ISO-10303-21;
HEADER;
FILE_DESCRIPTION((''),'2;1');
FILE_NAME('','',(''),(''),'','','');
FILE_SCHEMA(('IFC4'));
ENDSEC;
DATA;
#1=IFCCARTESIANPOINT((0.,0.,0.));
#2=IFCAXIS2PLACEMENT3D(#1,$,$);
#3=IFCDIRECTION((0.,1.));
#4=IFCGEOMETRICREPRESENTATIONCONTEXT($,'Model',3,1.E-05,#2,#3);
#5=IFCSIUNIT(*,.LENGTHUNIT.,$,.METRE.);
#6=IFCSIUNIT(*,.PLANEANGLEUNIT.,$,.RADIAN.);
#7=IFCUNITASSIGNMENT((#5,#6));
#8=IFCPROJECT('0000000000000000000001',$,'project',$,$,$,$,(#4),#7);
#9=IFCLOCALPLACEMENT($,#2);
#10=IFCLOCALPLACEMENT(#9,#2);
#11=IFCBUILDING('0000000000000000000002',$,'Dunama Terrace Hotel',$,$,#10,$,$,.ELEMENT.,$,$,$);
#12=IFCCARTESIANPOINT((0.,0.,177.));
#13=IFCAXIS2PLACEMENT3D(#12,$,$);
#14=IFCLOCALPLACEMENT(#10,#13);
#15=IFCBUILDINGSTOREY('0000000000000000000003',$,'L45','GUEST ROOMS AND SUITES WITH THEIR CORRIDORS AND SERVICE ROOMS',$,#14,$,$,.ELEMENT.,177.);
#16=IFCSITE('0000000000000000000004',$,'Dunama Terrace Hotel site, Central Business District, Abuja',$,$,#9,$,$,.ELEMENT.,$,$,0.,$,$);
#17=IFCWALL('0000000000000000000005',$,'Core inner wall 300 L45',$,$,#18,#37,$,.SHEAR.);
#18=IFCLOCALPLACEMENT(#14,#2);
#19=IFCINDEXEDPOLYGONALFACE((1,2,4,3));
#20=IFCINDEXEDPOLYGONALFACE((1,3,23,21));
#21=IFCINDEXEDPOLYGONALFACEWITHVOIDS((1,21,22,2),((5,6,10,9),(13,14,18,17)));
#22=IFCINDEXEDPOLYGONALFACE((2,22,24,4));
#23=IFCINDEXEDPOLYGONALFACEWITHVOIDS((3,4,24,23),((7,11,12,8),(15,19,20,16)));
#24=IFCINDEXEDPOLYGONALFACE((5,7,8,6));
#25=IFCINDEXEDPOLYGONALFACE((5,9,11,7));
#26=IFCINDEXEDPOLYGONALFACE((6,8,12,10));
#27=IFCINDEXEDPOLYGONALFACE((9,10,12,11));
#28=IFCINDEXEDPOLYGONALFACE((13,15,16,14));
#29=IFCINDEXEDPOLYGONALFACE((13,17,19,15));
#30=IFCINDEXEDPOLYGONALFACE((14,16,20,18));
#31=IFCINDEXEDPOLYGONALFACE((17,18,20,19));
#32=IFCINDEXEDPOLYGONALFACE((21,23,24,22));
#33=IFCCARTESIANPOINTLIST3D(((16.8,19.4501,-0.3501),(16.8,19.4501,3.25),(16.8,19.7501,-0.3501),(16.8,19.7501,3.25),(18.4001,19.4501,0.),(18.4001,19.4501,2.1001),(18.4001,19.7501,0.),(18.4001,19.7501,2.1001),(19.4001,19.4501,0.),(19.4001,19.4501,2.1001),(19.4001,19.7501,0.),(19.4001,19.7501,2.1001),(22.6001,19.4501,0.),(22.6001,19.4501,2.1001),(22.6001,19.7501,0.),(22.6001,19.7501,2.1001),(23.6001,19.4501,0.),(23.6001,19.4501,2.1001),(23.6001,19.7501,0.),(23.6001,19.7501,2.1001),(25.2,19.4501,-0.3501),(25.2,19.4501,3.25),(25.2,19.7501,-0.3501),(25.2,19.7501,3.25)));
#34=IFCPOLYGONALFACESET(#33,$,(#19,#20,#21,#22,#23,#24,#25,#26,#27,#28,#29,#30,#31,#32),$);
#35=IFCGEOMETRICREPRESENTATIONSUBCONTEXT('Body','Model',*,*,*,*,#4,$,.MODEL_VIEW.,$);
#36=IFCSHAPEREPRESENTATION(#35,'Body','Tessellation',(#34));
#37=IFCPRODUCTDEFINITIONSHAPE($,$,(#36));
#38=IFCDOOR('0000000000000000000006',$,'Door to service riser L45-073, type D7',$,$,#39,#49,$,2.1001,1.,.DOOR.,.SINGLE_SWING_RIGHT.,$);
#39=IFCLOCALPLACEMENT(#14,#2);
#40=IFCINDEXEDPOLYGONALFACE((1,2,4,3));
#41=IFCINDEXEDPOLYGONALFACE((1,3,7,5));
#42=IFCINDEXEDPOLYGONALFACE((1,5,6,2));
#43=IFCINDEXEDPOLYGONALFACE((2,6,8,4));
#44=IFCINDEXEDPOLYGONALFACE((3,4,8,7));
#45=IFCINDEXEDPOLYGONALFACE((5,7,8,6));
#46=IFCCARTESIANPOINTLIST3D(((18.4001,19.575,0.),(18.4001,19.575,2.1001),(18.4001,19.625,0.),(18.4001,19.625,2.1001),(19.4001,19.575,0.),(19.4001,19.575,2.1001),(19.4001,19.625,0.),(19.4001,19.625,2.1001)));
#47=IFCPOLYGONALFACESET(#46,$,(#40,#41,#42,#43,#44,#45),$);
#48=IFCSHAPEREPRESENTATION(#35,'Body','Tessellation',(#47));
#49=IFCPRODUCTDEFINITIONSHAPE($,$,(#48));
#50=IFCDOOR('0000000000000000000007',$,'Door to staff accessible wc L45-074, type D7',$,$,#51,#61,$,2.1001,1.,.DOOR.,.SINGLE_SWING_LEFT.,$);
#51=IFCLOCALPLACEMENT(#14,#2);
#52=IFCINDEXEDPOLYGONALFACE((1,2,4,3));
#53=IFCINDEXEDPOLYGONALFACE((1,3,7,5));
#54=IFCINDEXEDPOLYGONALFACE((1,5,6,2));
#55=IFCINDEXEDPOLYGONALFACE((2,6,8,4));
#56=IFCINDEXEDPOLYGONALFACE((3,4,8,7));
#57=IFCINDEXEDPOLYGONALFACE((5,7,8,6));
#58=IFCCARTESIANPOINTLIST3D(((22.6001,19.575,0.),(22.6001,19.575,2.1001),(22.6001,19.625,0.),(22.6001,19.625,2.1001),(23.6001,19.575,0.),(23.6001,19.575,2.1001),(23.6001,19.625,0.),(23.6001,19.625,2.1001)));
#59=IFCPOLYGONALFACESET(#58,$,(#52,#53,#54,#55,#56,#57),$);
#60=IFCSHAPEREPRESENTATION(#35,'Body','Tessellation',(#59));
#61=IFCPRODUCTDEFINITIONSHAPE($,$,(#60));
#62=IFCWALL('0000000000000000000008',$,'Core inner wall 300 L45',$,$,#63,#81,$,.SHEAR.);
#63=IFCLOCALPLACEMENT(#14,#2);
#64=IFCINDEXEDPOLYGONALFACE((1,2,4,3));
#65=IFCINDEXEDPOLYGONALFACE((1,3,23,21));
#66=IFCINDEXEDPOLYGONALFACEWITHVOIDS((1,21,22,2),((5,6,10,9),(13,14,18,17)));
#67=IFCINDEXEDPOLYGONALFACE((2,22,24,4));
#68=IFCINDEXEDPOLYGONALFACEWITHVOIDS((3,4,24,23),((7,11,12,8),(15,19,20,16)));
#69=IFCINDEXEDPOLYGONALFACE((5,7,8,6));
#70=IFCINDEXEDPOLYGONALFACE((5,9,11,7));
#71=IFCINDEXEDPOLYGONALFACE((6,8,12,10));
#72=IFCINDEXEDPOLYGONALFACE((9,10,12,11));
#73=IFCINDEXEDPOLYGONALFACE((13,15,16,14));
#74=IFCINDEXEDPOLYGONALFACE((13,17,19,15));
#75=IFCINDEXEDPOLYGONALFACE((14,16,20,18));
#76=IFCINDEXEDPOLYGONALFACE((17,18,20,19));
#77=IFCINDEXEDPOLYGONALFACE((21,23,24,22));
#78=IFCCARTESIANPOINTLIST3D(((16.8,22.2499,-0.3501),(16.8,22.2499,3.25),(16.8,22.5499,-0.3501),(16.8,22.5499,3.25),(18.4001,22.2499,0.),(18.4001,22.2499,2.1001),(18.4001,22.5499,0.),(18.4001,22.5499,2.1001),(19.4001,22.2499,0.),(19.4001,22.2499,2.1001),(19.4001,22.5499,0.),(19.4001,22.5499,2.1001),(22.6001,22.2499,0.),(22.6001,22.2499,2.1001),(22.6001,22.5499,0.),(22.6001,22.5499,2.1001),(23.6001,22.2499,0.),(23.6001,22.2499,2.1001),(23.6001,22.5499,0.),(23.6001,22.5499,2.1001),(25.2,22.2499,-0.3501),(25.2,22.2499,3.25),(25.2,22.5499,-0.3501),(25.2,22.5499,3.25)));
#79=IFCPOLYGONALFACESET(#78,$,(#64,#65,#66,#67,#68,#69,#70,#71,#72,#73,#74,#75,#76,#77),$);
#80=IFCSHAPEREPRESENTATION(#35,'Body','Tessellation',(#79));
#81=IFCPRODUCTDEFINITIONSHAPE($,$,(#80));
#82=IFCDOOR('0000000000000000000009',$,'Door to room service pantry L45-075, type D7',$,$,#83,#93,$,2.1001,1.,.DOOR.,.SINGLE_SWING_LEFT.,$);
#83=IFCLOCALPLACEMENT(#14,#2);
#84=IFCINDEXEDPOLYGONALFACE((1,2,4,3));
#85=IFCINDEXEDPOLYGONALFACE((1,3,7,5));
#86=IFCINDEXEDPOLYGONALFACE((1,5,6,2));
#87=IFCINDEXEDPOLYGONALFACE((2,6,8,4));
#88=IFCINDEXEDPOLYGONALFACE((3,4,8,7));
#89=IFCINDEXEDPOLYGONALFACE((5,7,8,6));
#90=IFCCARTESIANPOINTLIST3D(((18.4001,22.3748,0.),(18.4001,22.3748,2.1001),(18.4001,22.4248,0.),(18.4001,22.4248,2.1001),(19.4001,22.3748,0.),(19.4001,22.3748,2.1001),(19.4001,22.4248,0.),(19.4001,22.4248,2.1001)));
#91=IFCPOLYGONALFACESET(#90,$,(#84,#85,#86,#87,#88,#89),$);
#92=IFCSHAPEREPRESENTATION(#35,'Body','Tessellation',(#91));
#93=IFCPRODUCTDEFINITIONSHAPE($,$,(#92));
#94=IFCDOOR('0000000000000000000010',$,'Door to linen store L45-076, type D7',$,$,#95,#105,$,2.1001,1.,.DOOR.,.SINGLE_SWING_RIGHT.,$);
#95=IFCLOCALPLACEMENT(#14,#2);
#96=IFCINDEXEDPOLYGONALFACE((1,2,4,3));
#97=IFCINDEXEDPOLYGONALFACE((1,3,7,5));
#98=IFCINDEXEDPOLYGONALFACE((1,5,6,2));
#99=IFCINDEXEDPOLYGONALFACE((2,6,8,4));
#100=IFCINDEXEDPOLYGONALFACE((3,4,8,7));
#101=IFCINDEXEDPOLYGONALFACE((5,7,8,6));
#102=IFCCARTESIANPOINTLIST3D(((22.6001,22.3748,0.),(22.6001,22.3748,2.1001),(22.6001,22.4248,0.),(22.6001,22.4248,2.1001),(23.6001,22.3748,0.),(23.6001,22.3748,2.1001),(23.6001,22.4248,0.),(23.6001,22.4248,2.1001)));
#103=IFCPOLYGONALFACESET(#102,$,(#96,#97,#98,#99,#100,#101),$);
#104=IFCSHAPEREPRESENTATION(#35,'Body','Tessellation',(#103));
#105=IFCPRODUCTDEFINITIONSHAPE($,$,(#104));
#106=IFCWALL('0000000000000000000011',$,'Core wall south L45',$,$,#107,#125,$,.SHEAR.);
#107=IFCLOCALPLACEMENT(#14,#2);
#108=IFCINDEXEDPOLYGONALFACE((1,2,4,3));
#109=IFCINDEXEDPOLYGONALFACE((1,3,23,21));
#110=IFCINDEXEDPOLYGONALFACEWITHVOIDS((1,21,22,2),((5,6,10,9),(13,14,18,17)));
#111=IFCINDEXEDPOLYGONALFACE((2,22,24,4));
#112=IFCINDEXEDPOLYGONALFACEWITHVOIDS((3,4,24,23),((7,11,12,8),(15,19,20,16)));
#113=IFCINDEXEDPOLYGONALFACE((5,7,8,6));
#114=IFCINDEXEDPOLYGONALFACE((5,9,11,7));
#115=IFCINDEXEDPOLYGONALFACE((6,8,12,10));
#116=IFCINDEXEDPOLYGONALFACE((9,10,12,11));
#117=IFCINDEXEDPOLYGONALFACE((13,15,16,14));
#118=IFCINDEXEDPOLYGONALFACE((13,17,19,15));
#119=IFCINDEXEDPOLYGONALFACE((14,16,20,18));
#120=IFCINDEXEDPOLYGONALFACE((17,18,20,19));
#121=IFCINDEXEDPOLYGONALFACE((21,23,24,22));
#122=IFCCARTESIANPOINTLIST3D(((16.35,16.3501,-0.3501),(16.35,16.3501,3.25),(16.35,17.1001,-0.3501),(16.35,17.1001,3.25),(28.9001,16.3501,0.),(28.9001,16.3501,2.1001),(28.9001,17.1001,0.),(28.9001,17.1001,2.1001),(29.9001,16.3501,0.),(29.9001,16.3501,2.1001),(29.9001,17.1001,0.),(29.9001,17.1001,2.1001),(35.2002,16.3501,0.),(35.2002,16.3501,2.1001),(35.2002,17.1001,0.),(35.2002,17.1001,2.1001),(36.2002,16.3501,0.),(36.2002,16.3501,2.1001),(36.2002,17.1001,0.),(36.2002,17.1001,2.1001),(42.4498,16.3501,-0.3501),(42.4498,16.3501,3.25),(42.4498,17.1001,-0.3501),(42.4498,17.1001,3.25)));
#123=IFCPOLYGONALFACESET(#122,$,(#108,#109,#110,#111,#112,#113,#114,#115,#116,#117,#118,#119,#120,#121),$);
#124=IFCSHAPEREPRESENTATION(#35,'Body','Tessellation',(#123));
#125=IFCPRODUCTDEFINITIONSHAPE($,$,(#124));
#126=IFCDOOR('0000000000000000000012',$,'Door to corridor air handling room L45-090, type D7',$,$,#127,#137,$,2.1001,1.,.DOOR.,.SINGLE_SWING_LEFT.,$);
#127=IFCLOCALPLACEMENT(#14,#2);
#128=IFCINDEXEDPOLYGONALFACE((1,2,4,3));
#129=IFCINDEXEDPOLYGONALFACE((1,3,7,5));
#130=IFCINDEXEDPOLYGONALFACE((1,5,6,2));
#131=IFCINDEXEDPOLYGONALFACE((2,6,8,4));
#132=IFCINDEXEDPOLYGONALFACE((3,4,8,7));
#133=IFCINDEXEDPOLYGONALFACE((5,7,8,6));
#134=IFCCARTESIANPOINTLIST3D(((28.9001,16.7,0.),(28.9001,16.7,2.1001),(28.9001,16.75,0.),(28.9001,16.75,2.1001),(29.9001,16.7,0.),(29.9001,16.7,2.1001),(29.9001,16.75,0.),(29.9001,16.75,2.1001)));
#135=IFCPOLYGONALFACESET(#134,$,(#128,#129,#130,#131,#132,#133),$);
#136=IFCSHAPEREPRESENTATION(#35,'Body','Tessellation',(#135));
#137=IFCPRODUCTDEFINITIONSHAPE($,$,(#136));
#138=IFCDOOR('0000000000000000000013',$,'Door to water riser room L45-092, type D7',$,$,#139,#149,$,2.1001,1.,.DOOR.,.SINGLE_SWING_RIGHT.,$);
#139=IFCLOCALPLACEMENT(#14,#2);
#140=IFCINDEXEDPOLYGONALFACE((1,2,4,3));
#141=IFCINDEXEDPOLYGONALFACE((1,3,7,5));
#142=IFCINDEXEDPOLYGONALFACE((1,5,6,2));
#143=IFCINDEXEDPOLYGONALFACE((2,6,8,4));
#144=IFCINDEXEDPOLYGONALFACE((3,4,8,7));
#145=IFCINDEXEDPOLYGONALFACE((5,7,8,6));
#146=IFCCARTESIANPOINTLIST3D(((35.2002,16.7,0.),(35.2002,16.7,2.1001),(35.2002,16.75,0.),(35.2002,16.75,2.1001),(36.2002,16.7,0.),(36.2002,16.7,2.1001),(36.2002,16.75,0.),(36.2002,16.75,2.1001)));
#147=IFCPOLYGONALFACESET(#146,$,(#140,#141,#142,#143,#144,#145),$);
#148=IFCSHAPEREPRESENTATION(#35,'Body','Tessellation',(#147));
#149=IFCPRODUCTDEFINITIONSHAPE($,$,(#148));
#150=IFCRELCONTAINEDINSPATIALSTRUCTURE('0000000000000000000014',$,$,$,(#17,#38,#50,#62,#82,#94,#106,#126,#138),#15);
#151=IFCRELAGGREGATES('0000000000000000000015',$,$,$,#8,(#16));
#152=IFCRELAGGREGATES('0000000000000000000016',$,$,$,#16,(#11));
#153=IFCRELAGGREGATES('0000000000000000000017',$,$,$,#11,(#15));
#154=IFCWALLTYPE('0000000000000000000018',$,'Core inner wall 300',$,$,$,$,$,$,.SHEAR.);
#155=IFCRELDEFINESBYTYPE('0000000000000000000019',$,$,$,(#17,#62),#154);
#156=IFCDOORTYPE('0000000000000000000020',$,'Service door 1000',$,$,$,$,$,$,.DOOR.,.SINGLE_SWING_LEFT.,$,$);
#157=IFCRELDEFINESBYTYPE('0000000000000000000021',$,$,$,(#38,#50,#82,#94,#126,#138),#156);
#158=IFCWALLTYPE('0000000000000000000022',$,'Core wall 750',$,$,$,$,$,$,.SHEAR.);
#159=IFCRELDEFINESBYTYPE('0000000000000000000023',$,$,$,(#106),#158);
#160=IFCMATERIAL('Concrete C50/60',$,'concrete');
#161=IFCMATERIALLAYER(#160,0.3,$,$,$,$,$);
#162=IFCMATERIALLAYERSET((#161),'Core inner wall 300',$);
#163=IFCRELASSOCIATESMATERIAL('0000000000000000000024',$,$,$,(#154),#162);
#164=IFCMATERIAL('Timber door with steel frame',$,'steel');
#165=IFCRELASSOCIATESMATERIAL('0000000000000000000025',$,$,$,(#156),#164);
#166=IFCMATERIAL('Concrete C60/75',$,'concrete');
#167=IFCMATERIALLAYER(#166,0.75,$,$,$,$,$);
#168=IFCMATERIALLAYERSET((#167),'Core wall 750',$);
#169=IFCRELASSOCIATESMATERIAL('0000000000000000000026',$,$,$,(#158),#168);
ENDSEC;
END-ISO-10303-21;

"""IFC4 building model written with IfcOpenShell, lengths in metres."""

from ifc_helpers import new_model, si_unit, direction, frame, frame_2d, origin, place, context, subcontext, project, spatial, rectangle, extrude, material, layer, layer_set, type_object, element, fill, save


model = new_model("IFC4")

# Units and contexts
model_context = context("Model", 3, precision=1e-05, world=origin(), true_north=direction((0.0, 1.0)))
body_context = subcontext(model_context, "Body", "Model", "MODEL_VIEW")
ifc_project = project(units=[si_unit("LENGTHUNIT", "METRE"), si_unit("PLANEANGLEUNIT", "RADIAN")], contexts=[model_context])

# Site, building, storey
site_placement = place(None, origin())
site = spatial("IfcSite", under=ifc_project, at=site_placement, Name="Dunama Terrace Hotel site, Central Business District, Abuja", CompositionType="ELEMENT", RefElevation=0.0)
building_placement = place(site_placement, origin())
building = spatial("IfcBuilding", under=site, at=building_placement, Name="Dunama Terrace Hotel", CompositionType="ELEMENT")
storey_placement = place(building_placement, frame((0.0, 0.0, 177.0)))
storey = spatial("IfcBuildingStorey", under=building, at=storey_placement, Name="L45", Description="GUEST ROOMS AND SUITES WITH THEIR CORRIDORS AND SERVICE ROOMS", CompositionType="ELEMENT", Elevation=177.0)

# Walls, openings, doors
ifc_material_1 = material(Name="Concrete C50/60", Category="concrete")
ifc_layer_1 = layer(ifc_material_1, 0.3)
ifc_layer_set_1 = layer_set([ifc_layer_1], Name="Core inner wall 300")
wall_type_1 = type_object("IfcWallType", Name="Core inner wall 300", PredefinedType="SHEAR", material=ifc_layer_set_1)
wall_1_placement = place(storey_placement, frame((16.8, 19.6001, -0.3501), z_axis=(0.0, 0.0, 1.0), x_axis=(1.0, 0.0, 0.0)))
wall_1 = element("IfcWall", 1, at=wall_1_placement, inside=storey, type_object=wall_type_1, Name="Core inner wall 300 L45", PredefinedType="SHEAR", context=body_context, shape_type="SweptSolid", body=[
    extrude(rectangle(XDim=8.3999, YDim=0.3, at=frame_2d((4.2, 0.0))), origin(), (0.0, 0.0, 1.0), 3.6001),
])
opening_1_placement = place(wall_1_placement, frame((1.6001, 0.0, 0.3501)))
opening_1 = element("IfcOpeningElement", 2, at=opening_1_placement, cuts=wall_1, PredefinedType="OPENING", context=body_context, shape_type="SweptSolid", body=[
    extrude(rectangle(XDim=1.0, YDim=2.1001, at=frame_2d((0.5, 1.05))), frame((0.0, 0.1599, 0.0), z_axis=(0.0, -1.0, 0.0), x_axis=(1.0, 0.0, 0.0)), (0.0, 0.0, 1.0), 0.3201),
])
opening_2_placement = place(wall_1_placement, frame((5.8, 0.0, 0.3501)))
opening_2 = element("IfcOpeningElement", 3, at=opening_2_placement, cuts=wall_1, PredefinedType="OPENING", context=body_context, shape_type="SweptSolid", body=[
    extrude(rectangle(XDim=1.0, YDim=2.1001, at=frame_2d((0.5, 1.05))), frame((0.0, 0.1599, 0.0), z_axis=(0.0, -1.0, 0.0), x_axis=(1.0, 0.0, 0.0)), (0.0, 0.0, 1.0), 0.3201),
])
ifc_material_2 = material(Name="Timber door with steel frame", Category="steel")
door_type_1 = type_object("IfcDoorType", Name="Service door 1000", OperationType="SINGLE_SWING_LEFT", PredefinedType="DOOR", material=ifc_material_2)
door_1_placement = place(opening_1_placement, frame((1.0, 0.0, 0.0), z_axis=(0.0, 0.0, 1.0), x_axis=(-1.0, 0.0, 0.0)))
door_1 = element("IfcDoor", 4, at=door_1_placement, inside=storey, type_object=door_type_1, Name="Door to service riser L45-073, type D7", OperationType="SINGLE_SWING_RIGHT", OverallHeight=2.1001, OverallWidth=1.0, PredefinedType="DOOR", context=body_context, shape_type="SweptSolid", body=[
    extrude(rectangle(XDim=1.0, YDim=2.1001, at=frame_2d((0.5, 1.05))), frame((0.0, 0.0251, 0.0), z_axis=(0.0, -1.0, 0.0), x_axis=(1.0, 0.0, 0.0)), (0.0, 0.0, 1.0), 0.05),
])
fill(opening_1, door_1)
door_2_placement = place(opening_2_placement, frame((1.0, 0.0, 0.0), z_axis=(0.0, 0.0, 1.0), x_axis=(-1.0, 0.0, 0.0)))
door_2 = element("IfcDoor", 5, at=door_2_placement, inside=storey, type_object=door_type_1, Name="Door to staff accessible wc L45-074, type D7", OperationType="SINGLE_SWING_LEFT", OverallHeight=2.1001, OverallWidth=1.0, PredefinedType="DOOR", context=body_context, shape_type="SweptSolid", body=[
    extrude(rectangle(XDim=1.0, YDim=2.1001, at=frame_2d((0.5, 1.05))), frame((0.0, 0.0251, 0.0), z_axis=(0.0, -1.0, 0.0), x_axis=(1.0, 0.0, 0.0)), (0.0, 0.0, 1.0), 0.05),
])
fill(opening_2, door_2)
wall_2_placement = place(storey_placement, frame((16.8, 22.3999, -0.3501), z_axis=(0.0, 0.0, 1.0), x_axis=(1.0, 0.0, 0.0)))
wall_2 = element("IfcWall", 6, at=wall_2_placement, inside=storey, type_object=wall_type_1, Name="Core inner wall 300 L45", PredefinedType="SHEAR", context=body_context, shape_type="SweptSolid", body=[
    extrude(rectangle(XDim=8.3999, YDim=0.3, at=frame_2d((4.2, 0.0))), origin(), (0.0, 0.0, 1.0), 3.6001),
])
opening_3_placement = place(wall_2_placement, frame((1.6001, 0.0, 0.3501)))
opening_3 = element("IfcOpeningElement", 7, at=opening_3_placement, cuts=wall_2, PredefinedType="OPENING", context=body_context, shape_type="SweptSolid", body=[
    extrude(rectangle(XDim=1.0, YDim=2.1001, at=frame_2d((0.5, 1.05))), frame((0.0, 0.1599, 0.0), z_axis=(0.0, -1.0, 0.0), x_axis=(1.0, 0.0, 0.0)), (0.0, 0.0, 1.0), 0.3201),
])
opening_4_placement = place(wall_2_placement, frame((5.8, 0.0, 0.3501)))
opening_4 = element("IfcOpeningElement", 8, at=opening_4_placement, cuts=wall_2, PredefinedType="OPENING", context=body_context, shape_type="SweptSolid", body=[
    extrude(rectangle(XDim=1.0, YDim=2.1001, at=frame_2d((0.5, 1.05))), frame((0.0, 0.1599, 0.0), z_axis=(0.0, -1.0, 0.0), x_axis=(1.0, 0.0, 0.0)), (0.0, 0.0, 1.0), 0.3201),
])
door_3_placement = place(opening_3_placement, origin())
door_3 = element("IfcDoor", 9, at=door_3_placement, inside=storey, type_object=door_type_1, Name="Door to room service pantry L45-075, type D7", OperationType="SINGLE_SWING_LEFT", OverallHeight=2.1001, OverallWidth=1.0, PredefinedType="DOOR", context=body_context, shape_type="SweptSolid", body=[
    extrude(rectangle(XDim=1.0, YDim=2.1001, at=frame_2d((0.5, 1.05))), frame((0.0, 0.0249, 0.0), z_axis=(0.0, -1.0, 0.0), x_axis=(1.0, 0.0, 0.0)), (0.0, 0.0, 1.0), 0.05),
])
fill(opening_3, door_3)
door_4_placement = place(opening_4_placement, origin())
door_4 = element("IfcDoor", 10, at=door_4_placement, inside=storey, type_object=door_type_1, Name="Door to linen store L45-076, type D7", OperationType="SINGLE_SWING_RIGHT", OverallHeight=2.1001, OverallWidth=1.0, PredefinedType="DOOR", context=body_context, shape_type="SweptSolid", body=[
    extrude(rectangle(XDim=1.0, YDim=2.1001, at=frame_2d((0.5, 1.05))), frame((0.0, 0.0249, 0.0), z_axis=(0.0, -1.0, 0.0), x_axis=(1.0, 0.0, 0.0)), (0.0, 0.0, 1.0), 0.05),
])
fill(opening_4, door_4)
ifc_material_3 = material(Name="Concrete C60/75", Category="concrete")
ifc_layer_2 = layer(ifc_material_3, 0.75)
ifc_layer_set_2 = layer_set([ifc_layer_2], Name="Core wall 750")
wall_type_2 = type_object("IfcWallType", Name="Core wall 750", PredefinedType="SHEAR", material=ifc_layer_set_2)
wall_3_placement = place(storey_placement, frame((16.3501, 16.7251, -0.3501), z_axis=(0.0, 0.0, 1.0), x_axis=(1.0, 0.0, 0.0)))
wall_3 = element("IfcWall", 11, at=wall_3_placement, inside=storey, type_object=wall_type_2, Name="Core wall south L45", PredefinedType="SHEAR", context=body_context, shape_type="SweptSolid", body=[
    extrude(rectangle(XDim=26.0999, YDim=0.75, at=frame_2d((13.0498, 0.0))), origin(), (0.0, 0.0, 1.0), 3.6001),
])
opening_5_placement = place(wall_3_placement, frame((12.55, 0.0, 0.3501)))
opening_5 = element("IfcOpeningElement", 12, at=opening_5_placement, cuts=wall_3, PredefinedType="OPENING", context=body_context, shape_type="SweptSolid", body=[
    extrude(rectangle(XDim=1.0, YDim=2.1001, at=frame_2d((0.5, 1.05))), frame((0.0, 0.385, 0.0), z_axis=(0.0, -1.0, 0.0), x_axis=(1.0, 0.0, 0.0)), (0.0, 0.0, 1.0), 0.77),
])
opening_6_placement = place(wall_3_placement, frame((18.8501, 0.0, 0.3501)))
opening_6 = element("IfcOpeningElement", 13, at=opening_6_placement, cuts=wall_3, PredefinedType="OPENING", context=body_context, shape_type="SweptSolid", body=[
    extrude(rectangle(XDim=1.0, YDim=2.1001, at=frame_2d((0.5, 1.05))), frame((0.0, 0.385, 0.0), z_axis=(0.0, -1.0, 0.0), x_axis=(1.0, 0.0, 0.0)), (0.0, 0.0, 1.0), 0.77),
])
door_5_placement = place(opening_5_placement, origin())
door_5 = element("IfcDoor", 14, at=door_5_placement, inside=storey, type_object=door_type_1, Name="Door to corridor air handling room L45-090, type D7", OperationType="SINGLE_SWING_LEFT", OverallHeight=2.1001, OverallWidth=1.0, PredefinedType="DOOR", context=body_context, shape_type="SweptSolid", body=[
    extrude(rectangle(XDim=1.0, YDim=2.1001, at=frame_2d((0.5, 1.05))), frame((0.0, 0.0249, 0.0), z_axis=(0.0, -1.0, 0.0), x_axis=(1.0, 0.0, 0.0)), (0.0, 0.0, 1.0), 0.05),
])
fill(opening_5, door_5)
door_6_placement = place(opening_6_placement, origin())
door_6 = element("IfcDoor", 15, at=door_6_placement, inside=storey, type_object=door_type_1, Name="Door to water riser room L45-092, type D7", OperationType="SINGLE_SWING_RIGHT", OverallHeight=2.1001, OverallWidth=1.0, PredefinedType="DOOR", context=body_context, shape_type="SweptSolid", body=[
    extrude(rectangle(XDim=1.0, YDim=2.1001, at=frame_2d((0.5, 1.05))), frame((0.0, 0.0249, 0.0), z_axis=(0.0, -1.0, 0.0), x_axis=(1.0, 0.0, 0.0)), (0.0, 0.0, 1.0), 0.05),
])
fill(opening_6, door_6)

save(model, "model.ifc")
